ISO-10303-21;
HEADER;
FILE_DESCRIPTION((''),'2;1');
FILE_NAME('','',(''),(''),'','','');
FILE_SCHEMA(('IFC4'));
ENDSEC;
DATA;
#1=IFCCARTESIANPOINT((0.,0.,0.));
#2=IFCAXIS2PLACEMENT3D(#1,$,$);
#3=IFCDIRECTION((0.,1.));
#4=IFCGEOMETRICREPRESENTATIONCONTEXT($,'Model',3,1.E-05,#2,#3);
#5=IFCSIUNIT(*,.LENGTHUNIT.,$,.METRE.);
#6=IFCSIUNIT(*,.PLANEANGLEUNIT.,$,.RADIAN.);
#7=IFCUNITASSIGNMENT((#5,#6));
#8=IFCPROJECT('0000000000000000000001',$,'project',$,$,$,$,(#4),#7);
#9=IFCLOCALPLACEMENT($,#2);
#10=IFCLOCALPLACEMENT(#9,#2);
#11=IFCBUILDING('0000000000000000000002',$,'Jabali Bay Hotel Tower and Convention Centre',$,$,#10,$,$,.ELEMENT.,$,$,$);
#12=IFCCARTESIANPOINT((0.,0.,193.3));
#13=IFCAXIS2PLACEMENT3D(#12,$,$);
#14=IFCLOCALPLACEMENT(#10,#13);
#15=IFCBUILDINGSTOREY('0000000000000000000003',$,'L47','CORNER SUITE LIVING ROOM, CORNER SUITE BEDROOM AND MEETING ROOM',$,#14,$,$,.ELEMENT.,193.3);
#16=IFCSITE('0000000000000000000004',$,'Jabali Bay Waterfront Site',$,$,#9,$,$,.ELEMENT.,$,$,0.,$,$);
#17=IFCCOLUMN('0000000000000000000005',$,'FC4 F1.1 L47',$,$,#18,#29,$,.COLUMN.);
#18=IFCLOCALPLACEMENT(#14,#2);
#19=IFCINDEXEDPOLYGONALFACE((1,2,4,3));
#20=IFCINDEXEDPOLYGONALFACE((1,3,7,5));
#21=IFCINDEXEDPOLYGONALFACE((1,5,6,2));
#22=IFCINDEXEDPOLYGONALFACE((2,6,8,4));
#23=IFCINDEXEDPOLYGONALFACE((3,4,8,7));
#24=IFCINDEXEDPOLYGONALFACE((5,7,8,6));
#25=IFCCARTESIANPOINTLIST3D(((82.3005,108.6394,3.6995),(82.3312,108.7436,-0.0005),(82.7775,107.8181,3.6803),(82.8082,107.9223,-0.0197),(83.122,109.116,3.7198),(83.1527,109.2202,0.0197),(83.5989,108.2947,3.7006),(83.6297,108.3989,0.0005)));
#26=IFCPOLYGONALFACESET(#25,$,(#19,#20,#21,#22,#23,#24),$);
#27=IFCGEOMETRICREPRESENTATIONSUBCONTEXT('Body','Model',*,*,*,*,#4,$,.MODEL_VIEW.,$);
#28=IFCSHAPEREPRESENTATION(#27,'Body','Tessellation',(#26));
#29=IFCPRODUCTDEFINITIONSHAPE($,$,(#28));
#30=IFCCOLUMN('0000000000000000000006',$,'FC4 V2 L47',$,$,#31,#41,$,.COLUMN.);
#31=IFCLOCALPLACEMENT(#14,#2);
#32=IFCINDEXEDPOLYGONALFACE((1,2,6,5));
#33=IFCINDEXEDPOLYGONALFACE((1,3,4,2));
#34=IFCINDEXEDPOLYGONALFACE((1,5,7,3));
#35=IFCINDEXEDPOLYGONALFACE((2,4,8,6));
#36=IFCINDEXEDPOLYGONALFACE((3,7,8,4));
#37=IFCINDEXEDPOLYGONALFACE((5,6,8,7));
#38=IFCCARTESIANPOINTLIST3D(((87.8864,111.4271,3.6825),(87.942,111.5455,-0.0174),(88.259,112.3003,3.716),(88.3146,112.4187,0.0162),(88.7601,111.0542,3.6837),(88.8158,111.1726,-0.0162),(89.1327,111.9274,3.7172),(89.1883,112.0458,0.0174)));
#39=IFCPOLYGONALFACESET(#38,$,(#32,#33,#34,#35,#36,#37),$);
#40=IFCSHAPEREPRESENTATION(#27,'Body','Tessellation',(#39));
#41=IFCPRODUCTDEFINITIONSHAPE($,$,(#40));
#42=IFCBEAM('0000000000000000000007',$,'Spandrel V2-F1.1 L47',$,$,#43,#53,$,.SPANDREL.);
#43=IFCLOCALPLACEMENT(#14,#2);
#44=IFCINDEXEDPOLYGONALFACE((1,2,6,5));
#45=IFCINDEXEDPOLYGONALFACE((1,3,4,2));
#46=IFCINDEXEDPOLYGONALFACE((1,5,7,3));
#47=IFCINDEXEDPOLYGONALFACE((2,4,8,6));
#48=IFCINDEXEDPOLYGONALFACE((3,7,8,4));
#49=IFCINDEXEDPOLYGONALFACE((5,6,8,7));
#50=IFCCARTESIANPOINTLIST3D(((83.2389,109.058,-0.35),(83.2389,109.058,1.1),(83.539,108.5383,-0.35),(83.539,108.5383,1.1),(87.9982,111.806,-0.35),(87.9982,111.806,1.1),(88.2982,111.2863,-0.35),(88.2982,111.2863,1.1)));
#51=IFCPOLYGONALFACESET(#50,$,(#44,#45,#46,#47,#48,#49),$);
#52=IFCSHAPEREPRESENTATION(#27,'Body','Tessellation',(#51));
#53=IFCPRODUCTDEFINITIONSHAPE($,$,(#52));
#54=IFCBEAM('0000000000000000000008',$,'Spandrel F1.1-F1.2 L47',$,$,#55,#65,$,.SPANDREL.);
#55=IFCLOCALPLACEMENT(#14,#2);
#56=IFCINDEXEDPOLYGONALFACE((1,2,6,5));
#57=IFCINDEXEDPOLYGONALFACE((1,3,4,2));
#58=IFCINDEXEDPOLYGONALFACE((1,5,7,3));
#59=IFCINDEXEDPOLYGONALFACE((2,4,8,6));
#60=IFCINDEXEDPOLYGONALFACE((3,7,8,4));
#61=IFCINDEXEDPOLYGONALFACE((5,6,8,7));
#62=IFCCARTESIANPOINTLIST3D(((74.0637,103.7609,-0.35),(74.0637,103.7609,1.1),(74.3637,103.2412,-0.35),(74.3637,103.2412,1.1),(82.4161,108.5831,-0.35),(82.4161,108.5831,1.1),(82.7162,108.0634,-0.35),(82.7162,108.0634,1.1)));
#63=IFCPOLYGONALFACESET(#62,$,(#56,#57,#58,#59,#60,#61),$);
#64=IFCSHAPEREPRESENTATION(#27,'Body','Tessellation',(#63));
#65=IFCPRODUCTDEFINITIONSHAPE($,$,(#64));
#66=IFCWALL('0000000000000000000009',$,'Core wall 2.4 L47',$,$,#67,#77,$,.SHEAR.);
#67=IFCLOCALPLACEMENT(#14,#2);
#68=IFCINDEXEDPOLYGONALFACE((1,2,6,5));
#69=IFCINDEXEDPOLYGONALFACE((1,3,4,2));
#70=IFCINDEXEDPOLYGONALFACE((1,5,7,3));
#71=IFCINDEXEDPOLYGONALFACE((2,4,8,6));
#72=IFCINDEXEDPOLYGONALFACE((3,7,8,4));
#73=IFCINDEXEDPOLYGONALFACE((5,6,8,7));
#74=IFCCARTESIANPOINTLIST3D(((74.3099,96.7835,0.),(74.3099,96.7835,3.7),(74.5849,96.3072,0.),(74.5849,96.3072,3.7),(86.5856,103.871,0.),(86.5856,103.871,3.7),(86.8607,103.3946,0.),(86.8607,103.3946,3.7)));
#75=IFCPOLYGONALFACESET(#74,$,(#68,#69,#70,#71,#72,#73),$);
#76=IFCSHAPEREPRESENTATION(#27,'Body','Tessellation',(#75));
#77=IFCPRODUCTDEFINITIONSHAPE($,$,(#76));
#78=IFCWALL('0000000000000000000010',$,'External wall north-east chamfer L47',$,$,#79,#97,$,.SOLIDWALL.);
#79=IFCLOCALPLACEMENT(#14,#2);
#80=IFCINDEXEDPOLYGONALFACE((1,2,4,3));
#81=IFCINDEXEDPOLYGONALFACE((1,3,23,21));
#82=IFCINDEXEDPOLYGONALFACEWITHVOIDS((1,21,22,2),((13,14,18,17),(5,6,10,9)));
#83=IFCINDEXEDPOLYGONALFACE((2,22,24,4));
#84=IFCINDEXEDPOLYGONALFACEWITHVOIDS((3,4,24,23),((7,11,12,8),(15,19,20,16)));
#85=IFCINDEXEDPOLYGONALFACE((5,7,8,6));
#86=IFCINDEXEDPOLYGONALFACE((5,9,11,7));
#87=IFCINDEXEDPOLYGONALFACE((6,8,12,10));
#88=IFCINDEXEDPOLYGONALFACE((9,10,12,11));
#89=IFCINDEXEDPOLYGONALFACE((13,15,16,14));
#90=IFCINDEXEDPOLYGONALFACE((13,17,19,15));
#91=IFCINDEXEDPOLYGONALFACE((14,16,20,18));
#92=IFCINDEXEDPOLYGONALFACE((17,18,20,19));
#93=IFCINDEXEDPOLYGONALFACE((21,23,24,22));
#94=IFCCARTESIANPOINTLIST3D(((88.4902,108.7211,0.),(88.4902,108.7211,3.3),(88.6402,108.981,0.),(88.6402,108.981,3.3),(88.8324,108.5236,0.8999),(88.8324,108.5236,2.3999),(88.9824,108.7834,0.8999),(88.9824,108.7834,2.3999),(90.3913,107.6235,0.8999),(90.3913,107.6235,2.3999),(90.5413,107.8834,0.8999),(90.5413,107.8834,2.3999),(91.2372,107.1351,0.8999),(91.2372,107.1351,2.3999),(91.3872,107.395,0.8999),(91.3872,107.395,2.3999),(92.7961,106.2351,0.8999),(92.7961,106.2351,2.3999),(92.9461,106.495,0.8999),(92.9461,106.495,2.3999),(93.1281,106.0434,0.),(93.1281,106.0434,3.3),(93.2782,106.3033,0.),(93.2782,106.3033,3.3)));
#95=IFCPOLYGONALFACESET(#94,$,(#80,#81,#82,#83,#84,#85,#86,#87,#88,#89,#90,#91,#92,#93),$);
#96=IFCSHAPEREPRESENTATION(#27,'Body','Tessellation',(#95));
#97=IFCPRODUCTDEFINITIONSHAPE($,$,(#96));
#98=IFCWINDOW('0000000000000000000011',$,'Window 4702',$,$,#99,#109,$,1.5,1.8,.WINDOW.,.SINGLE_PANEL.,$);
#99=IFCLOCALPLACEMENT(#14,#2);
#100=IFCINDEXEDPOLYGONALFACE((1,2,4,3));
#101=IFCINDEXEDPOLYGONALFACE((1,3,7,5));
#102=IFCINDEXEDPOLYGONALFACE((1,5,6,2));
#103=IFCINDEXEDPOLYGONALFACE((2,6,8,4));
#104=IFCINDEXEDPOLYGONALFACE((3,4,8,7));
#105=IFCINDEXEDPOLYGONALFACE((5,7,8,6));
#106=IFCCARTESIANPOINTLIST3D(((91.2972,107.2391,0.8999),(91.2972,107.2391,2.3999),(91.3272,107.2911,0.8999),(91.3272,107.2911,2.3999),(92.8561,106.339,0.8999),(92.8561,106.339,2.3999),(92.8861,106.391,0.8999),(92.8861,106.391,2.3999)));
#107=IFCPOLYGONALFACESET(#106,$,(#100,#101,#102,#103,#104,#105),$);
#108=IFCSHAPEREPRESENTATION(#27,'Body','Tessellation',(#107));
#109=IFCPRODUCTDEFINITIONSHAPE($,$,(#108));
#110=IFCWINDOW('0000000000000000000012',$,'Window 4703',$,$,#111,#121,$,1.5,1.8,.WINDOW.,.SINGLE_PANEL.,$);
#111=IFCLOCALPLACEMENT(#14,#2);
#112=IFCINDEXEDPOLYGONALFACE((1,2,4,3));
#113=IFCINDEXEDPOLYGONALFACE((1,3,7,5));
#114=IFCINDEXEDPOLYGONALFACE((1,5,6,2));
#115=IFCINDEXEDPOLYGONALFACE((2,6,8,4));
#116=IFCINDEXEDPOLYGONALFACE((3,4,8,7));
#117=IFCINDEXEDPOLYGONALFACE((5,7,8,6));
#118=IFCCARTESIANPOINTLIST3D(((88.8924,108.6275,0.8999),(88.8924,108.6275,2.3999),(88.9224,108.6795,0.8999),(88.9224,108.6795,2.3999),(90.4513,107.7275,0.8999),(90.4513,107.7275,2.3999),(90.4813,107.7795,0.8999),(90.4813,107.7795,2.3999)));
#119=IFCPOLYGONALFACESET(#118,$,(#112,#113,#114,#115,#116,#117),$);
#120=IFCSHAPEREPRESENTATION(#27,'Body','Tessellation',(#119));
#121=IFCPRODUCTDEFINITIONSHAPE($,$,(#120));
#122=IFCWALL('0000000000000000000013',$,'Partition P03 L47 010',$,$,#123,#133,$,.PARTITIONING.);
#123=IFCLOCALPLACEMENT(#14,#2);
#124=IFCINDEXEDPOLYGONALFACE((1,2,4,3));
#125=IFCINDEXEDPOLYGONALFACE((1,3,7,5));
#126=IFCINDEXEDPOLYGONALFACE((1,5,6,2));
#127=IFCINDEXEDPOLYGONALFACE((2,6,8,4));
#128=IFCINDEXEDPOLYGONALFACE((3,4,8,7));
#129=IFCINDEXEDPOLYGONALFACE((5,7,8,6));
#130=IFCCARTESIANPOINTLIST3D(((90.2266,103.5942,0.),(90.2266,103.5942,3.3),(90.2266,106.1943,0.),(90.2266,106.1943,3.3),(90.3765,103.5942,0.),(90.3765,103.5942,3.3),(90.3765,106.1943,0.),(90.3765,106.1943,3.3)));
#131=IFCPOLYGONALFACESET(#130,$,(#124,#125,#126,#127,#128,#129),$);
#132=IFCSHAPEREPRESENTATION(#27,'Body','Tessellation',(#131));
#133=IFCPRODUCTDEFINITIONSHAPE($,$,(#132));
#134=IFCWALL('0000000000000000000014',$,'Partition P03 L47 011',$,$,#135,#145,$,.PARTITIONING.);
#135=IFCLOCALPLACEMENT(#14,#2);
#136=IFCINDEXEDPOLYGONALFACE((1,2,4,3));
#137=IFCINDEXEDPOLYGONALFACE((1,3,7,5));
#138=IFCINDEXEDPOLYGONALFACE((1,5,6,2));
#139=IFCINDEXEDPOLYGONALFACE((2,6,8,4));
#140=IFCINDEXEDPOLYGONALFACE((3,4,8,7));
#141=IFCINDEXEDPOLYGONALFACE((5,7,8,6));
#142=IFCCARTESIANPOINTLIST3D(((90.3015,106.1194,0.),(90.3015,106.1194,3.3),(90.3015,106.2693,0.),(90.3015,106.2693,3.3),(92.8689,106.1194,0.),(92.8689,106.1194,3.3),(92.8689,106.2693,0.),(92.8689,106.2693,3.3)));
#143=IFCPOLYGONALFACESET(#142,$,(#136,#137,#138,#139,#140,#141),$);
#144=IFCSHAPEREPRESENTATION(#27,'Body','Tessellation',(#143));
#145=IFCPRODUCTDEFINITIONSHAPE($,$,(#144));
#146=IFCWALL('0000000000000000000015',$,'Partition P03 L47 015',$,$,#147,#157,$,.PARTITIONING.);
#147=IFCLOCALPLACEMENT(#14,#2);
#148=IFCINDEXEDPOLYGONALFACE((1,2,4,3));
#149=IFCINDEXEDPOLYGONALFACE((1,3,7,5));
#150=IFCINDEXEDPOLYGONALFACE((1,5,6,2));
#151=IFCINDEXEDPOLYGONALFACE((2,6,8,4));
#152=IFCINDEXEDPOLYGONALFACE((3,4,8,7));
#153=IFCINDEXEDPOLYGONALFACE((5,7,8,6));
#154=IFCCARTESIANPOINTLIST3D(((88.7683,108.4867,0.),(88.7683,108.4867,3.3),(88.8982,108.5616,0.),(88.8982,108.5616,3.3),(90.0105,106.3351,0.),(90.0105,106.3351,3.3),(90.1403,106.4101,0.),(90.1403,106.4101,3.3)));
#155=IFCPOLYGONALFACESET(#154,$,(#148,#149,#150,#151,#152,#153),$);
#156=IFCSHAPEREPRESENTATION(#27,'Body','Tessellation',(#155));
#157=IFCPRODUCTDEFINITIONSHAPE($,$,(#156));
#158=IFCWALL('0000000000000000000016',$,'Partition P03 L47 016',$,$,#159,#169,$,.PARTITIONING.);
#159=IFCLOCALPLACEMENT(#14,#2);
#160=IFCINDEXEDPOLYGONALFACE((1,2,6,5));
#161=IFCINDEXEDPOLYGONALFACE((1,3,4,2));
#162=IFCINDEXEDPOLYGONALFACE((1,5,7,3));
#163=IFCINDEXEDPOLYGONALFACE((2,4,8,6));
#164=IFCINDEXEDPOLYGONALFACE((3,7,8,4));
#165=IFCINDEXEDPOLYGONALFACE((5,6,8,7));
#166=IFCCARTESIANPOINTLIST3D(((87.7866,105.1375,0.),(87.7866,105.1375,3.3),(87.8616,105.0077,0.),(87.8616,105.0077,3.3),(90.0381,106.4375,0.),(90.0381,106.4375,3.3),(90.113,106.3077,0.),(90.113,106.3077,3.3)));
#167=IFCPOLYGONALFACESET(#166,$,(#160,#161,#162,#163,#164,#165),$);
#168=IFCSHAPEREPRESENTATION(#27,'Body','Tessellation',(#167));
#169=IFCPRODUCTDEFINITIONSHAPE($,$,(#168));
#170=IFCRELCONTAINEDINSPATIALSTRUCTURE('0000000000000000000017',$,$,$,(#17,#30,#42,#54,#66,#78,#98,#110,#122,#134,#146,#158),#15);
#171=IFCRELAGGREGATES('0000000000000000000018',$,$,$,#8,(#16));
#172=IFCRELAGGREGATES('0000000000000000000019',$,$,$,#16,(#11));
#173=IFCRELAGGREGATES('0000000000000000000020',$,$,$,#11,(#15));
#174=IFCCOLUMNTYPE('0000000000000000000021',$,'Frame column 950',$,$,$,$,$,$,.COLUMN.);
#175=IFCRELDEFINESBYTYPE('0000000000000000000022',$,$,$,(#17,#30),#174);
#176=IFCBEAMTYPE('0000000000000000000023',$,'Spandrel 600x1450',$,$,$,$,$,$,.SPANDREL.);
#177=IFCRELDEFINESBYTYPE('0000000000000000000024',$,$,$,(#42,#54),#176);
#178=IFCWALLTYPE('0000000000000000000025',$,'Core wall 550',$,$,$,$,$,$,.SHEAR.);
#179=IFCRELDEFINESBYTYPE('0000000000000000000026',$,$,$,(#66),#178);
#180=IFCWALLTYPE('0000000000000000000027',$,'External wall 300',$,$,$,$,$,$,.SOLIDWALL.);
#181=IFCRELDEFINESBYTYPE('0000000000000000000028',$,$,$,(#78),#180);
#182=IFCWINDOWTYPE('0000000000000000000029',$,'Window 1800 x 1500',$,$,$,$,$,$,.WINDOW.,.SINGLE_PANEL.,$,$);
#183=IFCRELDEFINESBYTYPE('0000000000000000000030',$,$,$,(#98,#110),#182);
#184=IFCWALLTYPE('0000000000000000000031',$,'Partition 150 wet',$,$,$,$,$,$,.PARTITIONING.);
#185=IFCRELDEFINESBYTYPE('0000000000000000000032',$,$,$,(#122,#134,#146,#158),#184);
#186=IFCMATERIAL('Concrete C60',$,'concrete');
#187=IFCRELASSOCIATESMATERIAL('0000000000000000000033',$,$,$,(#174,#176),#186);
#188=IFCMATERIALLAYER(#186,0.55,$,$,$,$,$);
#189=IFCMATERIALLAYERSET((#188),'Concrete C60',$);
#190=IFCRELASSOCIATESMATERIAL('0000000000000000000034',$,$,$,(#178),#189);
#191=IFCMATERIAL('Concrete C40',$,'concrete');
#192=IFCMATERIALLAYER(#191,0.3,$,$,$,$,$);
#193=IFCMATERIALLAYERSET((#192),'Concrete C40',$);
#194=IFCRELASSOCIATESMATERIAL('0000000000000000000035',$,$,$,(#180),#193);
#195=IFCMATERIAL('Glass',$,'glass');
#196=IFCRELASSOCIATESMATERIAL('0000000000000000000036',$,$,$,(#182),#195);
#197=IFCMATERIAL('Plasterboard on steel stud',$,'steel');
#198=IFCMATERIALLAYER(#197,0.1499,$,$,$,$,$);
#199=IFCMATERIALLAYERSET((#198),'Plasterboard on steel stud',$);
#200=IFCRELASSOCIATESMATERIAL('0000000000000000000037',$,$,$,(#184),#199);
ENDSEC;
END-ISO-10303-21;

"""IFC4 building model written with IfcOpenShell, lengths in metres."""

from ifc_helpers import new_model, si_unit, direction, frame, frame_2d, origin, origin_2d, place, context, subcontext, project, spatial, rectangle, extrude, material, layer, layer_set, material_profile, profile_set, type_object, element, fill, save


model = new_model("IFC4")

# Units and contexts
model_context = context("Model", 3, precision=1e-05, world=origin(), true_north=direction((0.0, 1.0)))
body_context = subcontext(model_context, "Body", "Model", "MODEL_VIEW")
ifc_project = project(units=[si_unit("LENGTHUNIT", "METRE"), si_unit("PLANEANGLEUNIT", "RADIAN")], contexts=[model_context])

# Site, building, storey
site_placement = place(None, origin())
site = spatial("IfcSite", under=ifc_project, at=site_placement, Name="Jabali Bay Waterfront Site", CompositionType="ELEMENT", RefElevation=0.0)
building_placement = place(site_placement, origin())
building = spatial("IfcBuilding", under=site, at=building_placement, Name="Jabali Bay Hotel Tower and Convention Centre", CompositionType="ELEMENT")
storey_placement = place(building_placement, frame((0.0, 0.0, 193.3)))
storey = spatial("IfcBuildingStorey", under=building, at=storey_placement, Name="L47", Description="CORNER SUITE LIVING ROOM, CORNER SUITE BEDROOM AND MEETING ROOM", CompositionType="ELEMENT", Elevation=193.3)

# Columns
ifc_material_1 = material(Name="Concrete C60", Category="concrete")
ifc_material_profile_1 = material_profile(ifc_material_1, rectangle(XDim=0.95, YDim=0.95, at=origin_2d()), Name="Frame column 950")
ifc_profile_set_1 = profile_set([ifc_material_profile_1], Name="Concrete C60")
column_type = type_object("IfcColumnType", Name="Frame column 950", PredefinedType="COLUMN", material=ifc_profile_set_1)
column_1_placement = place(storey_placement, frame((82.9805, 108.5713, 0.0), z_axis=(-0.008311, -0.028163, 0.999569), x_axis=(0.864767, 0.501721, 0.021326)))
element("IfcColumn", 1, at=column_1_placement, inside=storey, type_object=column_type, Name="FC4 F1.1 L47", PredefinedType="COLUMN", context=body_context, shape_type="SweptSolid", body=[
    extrude(rectangle(XDim=0.95, YDim=0.95, at=origin_2d()), origin(), (0.0, 0.0, 1.0), 3.7017),
])
column_2_placement = place(storey_placement, frame((88.5652, 111.7957, 0.0), z_axis=(-0.015035, -0.031983, 0.999375), x_axis=(0.91975, -0.392503, 0.001276)))
element("IfcColumn", 2, at=column_2_placement, inside=storey, type_object=column_type, Name="FC4 V2 L47", PredefinedType="COLUMN", context=body_context, shape_type="SweptSolid", body=[
    extrude(rectangle(XDim=0.95, YDim=0.95, at=origin_2d()), origin(), (0.0, 0.0, 1.0), 3.7021),
])

# Beams
ifc_material_profile_2 = material_profile(ifc_material_1, rectangle(XDim=0.6001, YDim=1.45, at=origin_2d()), Name="Spandrel 600x1450")
ifc_profile_set_2 = profile_set([ifc_material_profile_2], Name="Concrete C60")
beam_type = type_object("IfcBeamType", Name="Spandrel 600x1450", PredefinedType="SPANDREL", material=ifc_profile_set_2)
beam_1_placement = place(storey_placement, frame((88.1482, 111.5461, 0.375), z_axis=(-0.866004, -0.500038, 0.0), x_axis=(0.500038, -0.866004, 0.0)))
element("IfcBeam", 3, at=beam_1_placement, inside=storey, type_object=beam_type, Name="Spandrel V2-F1.1 L47", PredefinedType="SPANDREL", context=body_context, shape_type="SweptSolid", body=[
    extrude(rectangle(XDim=0.6001, YDim=1.45, at=origin_2d()), origin(), (0.0, 0.0, 1.0), 5.4956),
])
beam_2_placement = place(storey_placement, frame((82.5662, 108.3232, 0.375), z_axis=(-0.866029, -0.499994, 0.0), x_axis=(0.499994, -0.866029, 0.0)))
element("IfcBeam", 4, at=beam_2_placement, inside=storey, type_object=beam_type, Name="Spandrel F1.1-F1.2 L47", PredefinedType="SPANDREL", context=body_context, shape_type="SweptSolid", body=[
    extrude(rectangle(XDim=0.6001, YDim=1.45, at=origin_2d()), origin(), (0.0, 0.0, 1.0), 9.6445),
])

# Wall
ifc_layer_1 = layer(ifc_material_1, 0.55)
ifc_layer_set_1 = layer_set([ifc_layer_1], Name="Concrete C60")
wall_type_1 = type_object("IfcWallType", Name="Core wall 550", PredefinedType="SHEAR", material=ifc_layer_set_1)
wall_1_placement = place(storey_placement, frame((86.7231, 103.6328, 0.0), z_axis=(0.0, 0.0, 1.0), x_axis=(-0.866024, -0.500003, 0.0)))
element("IfcWall", 5, at=wall_1_placement, inside=storey, type_object=wall_type_1, Name="Core wall 2.4 L47", PredefinedType="SHEAR", context=body_context, shape_type="SweptSolid", body=[
    extrude(rectangle(XDim=14.1748, YDim=0.55, at=frame_2d((7.0874, 0.0))), origin(), (0.0, 0.0, 1.0), 3.7),
])

# Wall, openings, windows
ifc_material_2 = material(Name="Concrete C40", Category="concrete")
ifc_layer_2 = layer(ifc_material_2, 0.3)
ifc_layer_set_2 = layer_set([ifc_layer_2], Name="Concrete C40")
wall_type_2 = type_object("IfcWallType", Name="External wall 300", PredefinedType="SOLIDWALL", material=ifc_layer_set_2)
wall_2_placement = place(storey_placement, frame((88.5652, 108.8511, 0.0), z_axis=(0.0, 0.0, 1.0), x_axis=(0.866024, -0.500003, 0.0)))
wall_2 = element("IfcWall", 6, at=wall_2_placement, inside=storey, type_object=wall_type_2, Name="External wall north-east chamfer L47", PredefinedType="SOLIDWALL", context=body_context, shape_type="SweptSolid", body=[
    extrude(rectangle(XDim=5.3555, YDim=0.3, at=frame_2d((2.6777, 0.0))), origin(), (0.0, 0.0, 1.0), 3.3),
])
opening_1_placement = place(wall_2_placement, frame((3.1721, 0.0, 0.8999)))
opening_1 = element("IfcOpeningElement", 7, at=opening_1_placement, cuts=wall_2, PredefinedType="OPENING", context=body_context, shape_type="SweptSolid", body=[
    extrude(rectangle(XDim=1.8, YDim=1.5, at=frame_2d((0.8999, 0.75))), frame((0.0, 0.1606, 0.0), z_axis=(0.0, -1.0, 0.0), x_axis=(1.0, 0.0, 0.0)), (0.0, 0.0, 1.0), 0.321),
])
opening_2_placement = place(wall_2_placement, frame((0.3953, 0.0, 0.8999)))
opening_2 = element("IfcOpeningElement", 8, at=opening_2_placement, cuts=wall_2, PredefinedType="OPENING", context=body_context, shape_type="SweptSolid", body=[
    extrude(rectangle(XDim=1.8, YDim=1.5, at=frame_2d((0.8999, 0.75))), frame((0.0, 0.1606, 0.0), z_axis=(0.0, -1.0, 0.0), x_axis=(1.0, 0.0, 0.0)), (0.0, 0.0, 1.0), 0.321),
])
ifc_material_3 = material(Name="Glass", Category="glass")
window_type = type_object("IfcWindowType", Name="Window 1800 x 1500", PartitioningType="SINGLE_PANEL", PredefinedType="WINDOW", material=ifc_material_3)
window_1_placement = place(opening_1_placement, origin())
window_1 = element("IfcWindow", 9, at=window_1_placement, inside=storey, type_object=window_type, Name="Window 4702", OverallHeight=1.5, OverallWidth=1.8, PartitioningType="SINGLE_PANEL", PredefinedType="WINDOW", context=body_context, shape_type="SweptSolid", body=[
    extrude(rectangle(XDim=1.8, YDim=1.5, at=frame_2d((0.8999, 0.75))), frame((0.0, 0.03, 0.0), z_axis=(0.0, -1.0, 0.0), x_axis=(1.0, 0.0, 0.0)), (0.0, 0.0, 1.0), 0.0601),
])
fill(opening_1, window_1)
window_2_placement = place(opening_2_placement, origin())
window_2 = element("IfcWindow", 10, at=window_2_placement, inside=storey, type_object=window_type, Name="Window 4703", OverallHeight=1.5, OverallWidth=1.8, PartitioningType="SINGLE_PANEL", PredefinedType="WINDOW", context=body_context, shape_type="SweptSolid", body=[
    extrude(rectangle(XDim=1.8, YDim=1.5, at=frame_2d((0.8999, 0.75))), frame((0.0, 0.03, 0.0), z_axis=(0.0, -1.0, 0.0), x_axis=(1.0, 0.0, 0.0)), (0.0, 0.0, 1.0), 0.0601),
])
fill(opening_2, window_2)

# Walls
ifc_material_4 = material(Name="Plasterboard on steel stud", Category="steel")
ifc_layer_3 = layer(ifc_material_4, 0.1499)
ifc_layer_set_3 = layer_set([ifc_layer_3], Name="Plasterboard on steel stud")
wall_type_3 = type_object("IfcWallType", Name="Partition 150 wet", PredefinedType="PARTITIONING", material=ifc_layer_set_3)
wall_3_placement = place(storey_placement, frame((90.3015, 103.5942, 0.0), z_axis=(0.0, 0.0, 1.0), x_axis=(0.0, 1.0, 0.0)))
element("IfcWall", 11, at=wall_3_placement, inside=storey, type_object=wall_type_3, Name="Partition P03 L47 010", PredefinedType="PARTITIONING", context=body_context, shape_type="SweptSolid", body=[
    extrude(rectangle(XDim=2.6001, YDim=0.1499, at=frame_2d((1.3, 0.0))), origin(), (0.0, 0.0, 1.0), 3.3),
])
wall_4_placement = place(storey_placement, frame((90.3015, 106.1943, 0.0), z_axis=(0.0, 0.0, 1.0), x_axis=(1.0, 0.0, 0.0)))
element("IfcWall", 12, at=wall_4_placement, inside=storey, type_object=wall_type_3, Name="Partition P03 L47 011", PredefinedType="PARTITIONING", context=body_context, shape_type="SweptSolid", body=[
    extrude(rectangle(XDim=2.5674, YDim=0.1499, at=frame_2d((1.2837, 0.0))), origin(), (0.0, 0.0, 1.0), 3.3),
])
wall_5_placement = place(storey_placement, frame((88.8333, 108.5242, 0.0), z_axis=(0.0, 0.0, 1.0), x_axis=(0.499986, -0.866033, 0.0)))
element("IfcWall", 13, at=wall_5_placement, inside=storey, type_object=wall_type_3, Name="Partition P03 L47 015", PredefinedType="PARTITIONING", context=body_context, shape_type="SweptSolid", body=[
    extrude(rectangle(XDim=2.4844, YDim=0.1499, at=frame_2d((1.2422, 0.0))), origin(), (0.0, 0.0, 1.0), 3.3),
])
wall_6_placement = place(storey_placement, frame((90.0754, 106.3726, 0.0), z_axis=(0.0, 0.0, 1.0), x_axis=(-0.865998, -0.500048, 0.0)))
element("IfcWall", 14, at=wall_6_placement, inside=storey, type_object=wall_type_3, Name="Partition P03 L47 016", PredefinedType="PARTITIONING", context=body_context, shape_type="SweptSolid", body=[
    extrude(rectangle(XDim=2.5999, YDim=0.1499, at=frame_2d((1.2998, 0.0))), origin(), (0.0, 0.0, 1.0), 3.3),
])

save(model, "model.ifc")
